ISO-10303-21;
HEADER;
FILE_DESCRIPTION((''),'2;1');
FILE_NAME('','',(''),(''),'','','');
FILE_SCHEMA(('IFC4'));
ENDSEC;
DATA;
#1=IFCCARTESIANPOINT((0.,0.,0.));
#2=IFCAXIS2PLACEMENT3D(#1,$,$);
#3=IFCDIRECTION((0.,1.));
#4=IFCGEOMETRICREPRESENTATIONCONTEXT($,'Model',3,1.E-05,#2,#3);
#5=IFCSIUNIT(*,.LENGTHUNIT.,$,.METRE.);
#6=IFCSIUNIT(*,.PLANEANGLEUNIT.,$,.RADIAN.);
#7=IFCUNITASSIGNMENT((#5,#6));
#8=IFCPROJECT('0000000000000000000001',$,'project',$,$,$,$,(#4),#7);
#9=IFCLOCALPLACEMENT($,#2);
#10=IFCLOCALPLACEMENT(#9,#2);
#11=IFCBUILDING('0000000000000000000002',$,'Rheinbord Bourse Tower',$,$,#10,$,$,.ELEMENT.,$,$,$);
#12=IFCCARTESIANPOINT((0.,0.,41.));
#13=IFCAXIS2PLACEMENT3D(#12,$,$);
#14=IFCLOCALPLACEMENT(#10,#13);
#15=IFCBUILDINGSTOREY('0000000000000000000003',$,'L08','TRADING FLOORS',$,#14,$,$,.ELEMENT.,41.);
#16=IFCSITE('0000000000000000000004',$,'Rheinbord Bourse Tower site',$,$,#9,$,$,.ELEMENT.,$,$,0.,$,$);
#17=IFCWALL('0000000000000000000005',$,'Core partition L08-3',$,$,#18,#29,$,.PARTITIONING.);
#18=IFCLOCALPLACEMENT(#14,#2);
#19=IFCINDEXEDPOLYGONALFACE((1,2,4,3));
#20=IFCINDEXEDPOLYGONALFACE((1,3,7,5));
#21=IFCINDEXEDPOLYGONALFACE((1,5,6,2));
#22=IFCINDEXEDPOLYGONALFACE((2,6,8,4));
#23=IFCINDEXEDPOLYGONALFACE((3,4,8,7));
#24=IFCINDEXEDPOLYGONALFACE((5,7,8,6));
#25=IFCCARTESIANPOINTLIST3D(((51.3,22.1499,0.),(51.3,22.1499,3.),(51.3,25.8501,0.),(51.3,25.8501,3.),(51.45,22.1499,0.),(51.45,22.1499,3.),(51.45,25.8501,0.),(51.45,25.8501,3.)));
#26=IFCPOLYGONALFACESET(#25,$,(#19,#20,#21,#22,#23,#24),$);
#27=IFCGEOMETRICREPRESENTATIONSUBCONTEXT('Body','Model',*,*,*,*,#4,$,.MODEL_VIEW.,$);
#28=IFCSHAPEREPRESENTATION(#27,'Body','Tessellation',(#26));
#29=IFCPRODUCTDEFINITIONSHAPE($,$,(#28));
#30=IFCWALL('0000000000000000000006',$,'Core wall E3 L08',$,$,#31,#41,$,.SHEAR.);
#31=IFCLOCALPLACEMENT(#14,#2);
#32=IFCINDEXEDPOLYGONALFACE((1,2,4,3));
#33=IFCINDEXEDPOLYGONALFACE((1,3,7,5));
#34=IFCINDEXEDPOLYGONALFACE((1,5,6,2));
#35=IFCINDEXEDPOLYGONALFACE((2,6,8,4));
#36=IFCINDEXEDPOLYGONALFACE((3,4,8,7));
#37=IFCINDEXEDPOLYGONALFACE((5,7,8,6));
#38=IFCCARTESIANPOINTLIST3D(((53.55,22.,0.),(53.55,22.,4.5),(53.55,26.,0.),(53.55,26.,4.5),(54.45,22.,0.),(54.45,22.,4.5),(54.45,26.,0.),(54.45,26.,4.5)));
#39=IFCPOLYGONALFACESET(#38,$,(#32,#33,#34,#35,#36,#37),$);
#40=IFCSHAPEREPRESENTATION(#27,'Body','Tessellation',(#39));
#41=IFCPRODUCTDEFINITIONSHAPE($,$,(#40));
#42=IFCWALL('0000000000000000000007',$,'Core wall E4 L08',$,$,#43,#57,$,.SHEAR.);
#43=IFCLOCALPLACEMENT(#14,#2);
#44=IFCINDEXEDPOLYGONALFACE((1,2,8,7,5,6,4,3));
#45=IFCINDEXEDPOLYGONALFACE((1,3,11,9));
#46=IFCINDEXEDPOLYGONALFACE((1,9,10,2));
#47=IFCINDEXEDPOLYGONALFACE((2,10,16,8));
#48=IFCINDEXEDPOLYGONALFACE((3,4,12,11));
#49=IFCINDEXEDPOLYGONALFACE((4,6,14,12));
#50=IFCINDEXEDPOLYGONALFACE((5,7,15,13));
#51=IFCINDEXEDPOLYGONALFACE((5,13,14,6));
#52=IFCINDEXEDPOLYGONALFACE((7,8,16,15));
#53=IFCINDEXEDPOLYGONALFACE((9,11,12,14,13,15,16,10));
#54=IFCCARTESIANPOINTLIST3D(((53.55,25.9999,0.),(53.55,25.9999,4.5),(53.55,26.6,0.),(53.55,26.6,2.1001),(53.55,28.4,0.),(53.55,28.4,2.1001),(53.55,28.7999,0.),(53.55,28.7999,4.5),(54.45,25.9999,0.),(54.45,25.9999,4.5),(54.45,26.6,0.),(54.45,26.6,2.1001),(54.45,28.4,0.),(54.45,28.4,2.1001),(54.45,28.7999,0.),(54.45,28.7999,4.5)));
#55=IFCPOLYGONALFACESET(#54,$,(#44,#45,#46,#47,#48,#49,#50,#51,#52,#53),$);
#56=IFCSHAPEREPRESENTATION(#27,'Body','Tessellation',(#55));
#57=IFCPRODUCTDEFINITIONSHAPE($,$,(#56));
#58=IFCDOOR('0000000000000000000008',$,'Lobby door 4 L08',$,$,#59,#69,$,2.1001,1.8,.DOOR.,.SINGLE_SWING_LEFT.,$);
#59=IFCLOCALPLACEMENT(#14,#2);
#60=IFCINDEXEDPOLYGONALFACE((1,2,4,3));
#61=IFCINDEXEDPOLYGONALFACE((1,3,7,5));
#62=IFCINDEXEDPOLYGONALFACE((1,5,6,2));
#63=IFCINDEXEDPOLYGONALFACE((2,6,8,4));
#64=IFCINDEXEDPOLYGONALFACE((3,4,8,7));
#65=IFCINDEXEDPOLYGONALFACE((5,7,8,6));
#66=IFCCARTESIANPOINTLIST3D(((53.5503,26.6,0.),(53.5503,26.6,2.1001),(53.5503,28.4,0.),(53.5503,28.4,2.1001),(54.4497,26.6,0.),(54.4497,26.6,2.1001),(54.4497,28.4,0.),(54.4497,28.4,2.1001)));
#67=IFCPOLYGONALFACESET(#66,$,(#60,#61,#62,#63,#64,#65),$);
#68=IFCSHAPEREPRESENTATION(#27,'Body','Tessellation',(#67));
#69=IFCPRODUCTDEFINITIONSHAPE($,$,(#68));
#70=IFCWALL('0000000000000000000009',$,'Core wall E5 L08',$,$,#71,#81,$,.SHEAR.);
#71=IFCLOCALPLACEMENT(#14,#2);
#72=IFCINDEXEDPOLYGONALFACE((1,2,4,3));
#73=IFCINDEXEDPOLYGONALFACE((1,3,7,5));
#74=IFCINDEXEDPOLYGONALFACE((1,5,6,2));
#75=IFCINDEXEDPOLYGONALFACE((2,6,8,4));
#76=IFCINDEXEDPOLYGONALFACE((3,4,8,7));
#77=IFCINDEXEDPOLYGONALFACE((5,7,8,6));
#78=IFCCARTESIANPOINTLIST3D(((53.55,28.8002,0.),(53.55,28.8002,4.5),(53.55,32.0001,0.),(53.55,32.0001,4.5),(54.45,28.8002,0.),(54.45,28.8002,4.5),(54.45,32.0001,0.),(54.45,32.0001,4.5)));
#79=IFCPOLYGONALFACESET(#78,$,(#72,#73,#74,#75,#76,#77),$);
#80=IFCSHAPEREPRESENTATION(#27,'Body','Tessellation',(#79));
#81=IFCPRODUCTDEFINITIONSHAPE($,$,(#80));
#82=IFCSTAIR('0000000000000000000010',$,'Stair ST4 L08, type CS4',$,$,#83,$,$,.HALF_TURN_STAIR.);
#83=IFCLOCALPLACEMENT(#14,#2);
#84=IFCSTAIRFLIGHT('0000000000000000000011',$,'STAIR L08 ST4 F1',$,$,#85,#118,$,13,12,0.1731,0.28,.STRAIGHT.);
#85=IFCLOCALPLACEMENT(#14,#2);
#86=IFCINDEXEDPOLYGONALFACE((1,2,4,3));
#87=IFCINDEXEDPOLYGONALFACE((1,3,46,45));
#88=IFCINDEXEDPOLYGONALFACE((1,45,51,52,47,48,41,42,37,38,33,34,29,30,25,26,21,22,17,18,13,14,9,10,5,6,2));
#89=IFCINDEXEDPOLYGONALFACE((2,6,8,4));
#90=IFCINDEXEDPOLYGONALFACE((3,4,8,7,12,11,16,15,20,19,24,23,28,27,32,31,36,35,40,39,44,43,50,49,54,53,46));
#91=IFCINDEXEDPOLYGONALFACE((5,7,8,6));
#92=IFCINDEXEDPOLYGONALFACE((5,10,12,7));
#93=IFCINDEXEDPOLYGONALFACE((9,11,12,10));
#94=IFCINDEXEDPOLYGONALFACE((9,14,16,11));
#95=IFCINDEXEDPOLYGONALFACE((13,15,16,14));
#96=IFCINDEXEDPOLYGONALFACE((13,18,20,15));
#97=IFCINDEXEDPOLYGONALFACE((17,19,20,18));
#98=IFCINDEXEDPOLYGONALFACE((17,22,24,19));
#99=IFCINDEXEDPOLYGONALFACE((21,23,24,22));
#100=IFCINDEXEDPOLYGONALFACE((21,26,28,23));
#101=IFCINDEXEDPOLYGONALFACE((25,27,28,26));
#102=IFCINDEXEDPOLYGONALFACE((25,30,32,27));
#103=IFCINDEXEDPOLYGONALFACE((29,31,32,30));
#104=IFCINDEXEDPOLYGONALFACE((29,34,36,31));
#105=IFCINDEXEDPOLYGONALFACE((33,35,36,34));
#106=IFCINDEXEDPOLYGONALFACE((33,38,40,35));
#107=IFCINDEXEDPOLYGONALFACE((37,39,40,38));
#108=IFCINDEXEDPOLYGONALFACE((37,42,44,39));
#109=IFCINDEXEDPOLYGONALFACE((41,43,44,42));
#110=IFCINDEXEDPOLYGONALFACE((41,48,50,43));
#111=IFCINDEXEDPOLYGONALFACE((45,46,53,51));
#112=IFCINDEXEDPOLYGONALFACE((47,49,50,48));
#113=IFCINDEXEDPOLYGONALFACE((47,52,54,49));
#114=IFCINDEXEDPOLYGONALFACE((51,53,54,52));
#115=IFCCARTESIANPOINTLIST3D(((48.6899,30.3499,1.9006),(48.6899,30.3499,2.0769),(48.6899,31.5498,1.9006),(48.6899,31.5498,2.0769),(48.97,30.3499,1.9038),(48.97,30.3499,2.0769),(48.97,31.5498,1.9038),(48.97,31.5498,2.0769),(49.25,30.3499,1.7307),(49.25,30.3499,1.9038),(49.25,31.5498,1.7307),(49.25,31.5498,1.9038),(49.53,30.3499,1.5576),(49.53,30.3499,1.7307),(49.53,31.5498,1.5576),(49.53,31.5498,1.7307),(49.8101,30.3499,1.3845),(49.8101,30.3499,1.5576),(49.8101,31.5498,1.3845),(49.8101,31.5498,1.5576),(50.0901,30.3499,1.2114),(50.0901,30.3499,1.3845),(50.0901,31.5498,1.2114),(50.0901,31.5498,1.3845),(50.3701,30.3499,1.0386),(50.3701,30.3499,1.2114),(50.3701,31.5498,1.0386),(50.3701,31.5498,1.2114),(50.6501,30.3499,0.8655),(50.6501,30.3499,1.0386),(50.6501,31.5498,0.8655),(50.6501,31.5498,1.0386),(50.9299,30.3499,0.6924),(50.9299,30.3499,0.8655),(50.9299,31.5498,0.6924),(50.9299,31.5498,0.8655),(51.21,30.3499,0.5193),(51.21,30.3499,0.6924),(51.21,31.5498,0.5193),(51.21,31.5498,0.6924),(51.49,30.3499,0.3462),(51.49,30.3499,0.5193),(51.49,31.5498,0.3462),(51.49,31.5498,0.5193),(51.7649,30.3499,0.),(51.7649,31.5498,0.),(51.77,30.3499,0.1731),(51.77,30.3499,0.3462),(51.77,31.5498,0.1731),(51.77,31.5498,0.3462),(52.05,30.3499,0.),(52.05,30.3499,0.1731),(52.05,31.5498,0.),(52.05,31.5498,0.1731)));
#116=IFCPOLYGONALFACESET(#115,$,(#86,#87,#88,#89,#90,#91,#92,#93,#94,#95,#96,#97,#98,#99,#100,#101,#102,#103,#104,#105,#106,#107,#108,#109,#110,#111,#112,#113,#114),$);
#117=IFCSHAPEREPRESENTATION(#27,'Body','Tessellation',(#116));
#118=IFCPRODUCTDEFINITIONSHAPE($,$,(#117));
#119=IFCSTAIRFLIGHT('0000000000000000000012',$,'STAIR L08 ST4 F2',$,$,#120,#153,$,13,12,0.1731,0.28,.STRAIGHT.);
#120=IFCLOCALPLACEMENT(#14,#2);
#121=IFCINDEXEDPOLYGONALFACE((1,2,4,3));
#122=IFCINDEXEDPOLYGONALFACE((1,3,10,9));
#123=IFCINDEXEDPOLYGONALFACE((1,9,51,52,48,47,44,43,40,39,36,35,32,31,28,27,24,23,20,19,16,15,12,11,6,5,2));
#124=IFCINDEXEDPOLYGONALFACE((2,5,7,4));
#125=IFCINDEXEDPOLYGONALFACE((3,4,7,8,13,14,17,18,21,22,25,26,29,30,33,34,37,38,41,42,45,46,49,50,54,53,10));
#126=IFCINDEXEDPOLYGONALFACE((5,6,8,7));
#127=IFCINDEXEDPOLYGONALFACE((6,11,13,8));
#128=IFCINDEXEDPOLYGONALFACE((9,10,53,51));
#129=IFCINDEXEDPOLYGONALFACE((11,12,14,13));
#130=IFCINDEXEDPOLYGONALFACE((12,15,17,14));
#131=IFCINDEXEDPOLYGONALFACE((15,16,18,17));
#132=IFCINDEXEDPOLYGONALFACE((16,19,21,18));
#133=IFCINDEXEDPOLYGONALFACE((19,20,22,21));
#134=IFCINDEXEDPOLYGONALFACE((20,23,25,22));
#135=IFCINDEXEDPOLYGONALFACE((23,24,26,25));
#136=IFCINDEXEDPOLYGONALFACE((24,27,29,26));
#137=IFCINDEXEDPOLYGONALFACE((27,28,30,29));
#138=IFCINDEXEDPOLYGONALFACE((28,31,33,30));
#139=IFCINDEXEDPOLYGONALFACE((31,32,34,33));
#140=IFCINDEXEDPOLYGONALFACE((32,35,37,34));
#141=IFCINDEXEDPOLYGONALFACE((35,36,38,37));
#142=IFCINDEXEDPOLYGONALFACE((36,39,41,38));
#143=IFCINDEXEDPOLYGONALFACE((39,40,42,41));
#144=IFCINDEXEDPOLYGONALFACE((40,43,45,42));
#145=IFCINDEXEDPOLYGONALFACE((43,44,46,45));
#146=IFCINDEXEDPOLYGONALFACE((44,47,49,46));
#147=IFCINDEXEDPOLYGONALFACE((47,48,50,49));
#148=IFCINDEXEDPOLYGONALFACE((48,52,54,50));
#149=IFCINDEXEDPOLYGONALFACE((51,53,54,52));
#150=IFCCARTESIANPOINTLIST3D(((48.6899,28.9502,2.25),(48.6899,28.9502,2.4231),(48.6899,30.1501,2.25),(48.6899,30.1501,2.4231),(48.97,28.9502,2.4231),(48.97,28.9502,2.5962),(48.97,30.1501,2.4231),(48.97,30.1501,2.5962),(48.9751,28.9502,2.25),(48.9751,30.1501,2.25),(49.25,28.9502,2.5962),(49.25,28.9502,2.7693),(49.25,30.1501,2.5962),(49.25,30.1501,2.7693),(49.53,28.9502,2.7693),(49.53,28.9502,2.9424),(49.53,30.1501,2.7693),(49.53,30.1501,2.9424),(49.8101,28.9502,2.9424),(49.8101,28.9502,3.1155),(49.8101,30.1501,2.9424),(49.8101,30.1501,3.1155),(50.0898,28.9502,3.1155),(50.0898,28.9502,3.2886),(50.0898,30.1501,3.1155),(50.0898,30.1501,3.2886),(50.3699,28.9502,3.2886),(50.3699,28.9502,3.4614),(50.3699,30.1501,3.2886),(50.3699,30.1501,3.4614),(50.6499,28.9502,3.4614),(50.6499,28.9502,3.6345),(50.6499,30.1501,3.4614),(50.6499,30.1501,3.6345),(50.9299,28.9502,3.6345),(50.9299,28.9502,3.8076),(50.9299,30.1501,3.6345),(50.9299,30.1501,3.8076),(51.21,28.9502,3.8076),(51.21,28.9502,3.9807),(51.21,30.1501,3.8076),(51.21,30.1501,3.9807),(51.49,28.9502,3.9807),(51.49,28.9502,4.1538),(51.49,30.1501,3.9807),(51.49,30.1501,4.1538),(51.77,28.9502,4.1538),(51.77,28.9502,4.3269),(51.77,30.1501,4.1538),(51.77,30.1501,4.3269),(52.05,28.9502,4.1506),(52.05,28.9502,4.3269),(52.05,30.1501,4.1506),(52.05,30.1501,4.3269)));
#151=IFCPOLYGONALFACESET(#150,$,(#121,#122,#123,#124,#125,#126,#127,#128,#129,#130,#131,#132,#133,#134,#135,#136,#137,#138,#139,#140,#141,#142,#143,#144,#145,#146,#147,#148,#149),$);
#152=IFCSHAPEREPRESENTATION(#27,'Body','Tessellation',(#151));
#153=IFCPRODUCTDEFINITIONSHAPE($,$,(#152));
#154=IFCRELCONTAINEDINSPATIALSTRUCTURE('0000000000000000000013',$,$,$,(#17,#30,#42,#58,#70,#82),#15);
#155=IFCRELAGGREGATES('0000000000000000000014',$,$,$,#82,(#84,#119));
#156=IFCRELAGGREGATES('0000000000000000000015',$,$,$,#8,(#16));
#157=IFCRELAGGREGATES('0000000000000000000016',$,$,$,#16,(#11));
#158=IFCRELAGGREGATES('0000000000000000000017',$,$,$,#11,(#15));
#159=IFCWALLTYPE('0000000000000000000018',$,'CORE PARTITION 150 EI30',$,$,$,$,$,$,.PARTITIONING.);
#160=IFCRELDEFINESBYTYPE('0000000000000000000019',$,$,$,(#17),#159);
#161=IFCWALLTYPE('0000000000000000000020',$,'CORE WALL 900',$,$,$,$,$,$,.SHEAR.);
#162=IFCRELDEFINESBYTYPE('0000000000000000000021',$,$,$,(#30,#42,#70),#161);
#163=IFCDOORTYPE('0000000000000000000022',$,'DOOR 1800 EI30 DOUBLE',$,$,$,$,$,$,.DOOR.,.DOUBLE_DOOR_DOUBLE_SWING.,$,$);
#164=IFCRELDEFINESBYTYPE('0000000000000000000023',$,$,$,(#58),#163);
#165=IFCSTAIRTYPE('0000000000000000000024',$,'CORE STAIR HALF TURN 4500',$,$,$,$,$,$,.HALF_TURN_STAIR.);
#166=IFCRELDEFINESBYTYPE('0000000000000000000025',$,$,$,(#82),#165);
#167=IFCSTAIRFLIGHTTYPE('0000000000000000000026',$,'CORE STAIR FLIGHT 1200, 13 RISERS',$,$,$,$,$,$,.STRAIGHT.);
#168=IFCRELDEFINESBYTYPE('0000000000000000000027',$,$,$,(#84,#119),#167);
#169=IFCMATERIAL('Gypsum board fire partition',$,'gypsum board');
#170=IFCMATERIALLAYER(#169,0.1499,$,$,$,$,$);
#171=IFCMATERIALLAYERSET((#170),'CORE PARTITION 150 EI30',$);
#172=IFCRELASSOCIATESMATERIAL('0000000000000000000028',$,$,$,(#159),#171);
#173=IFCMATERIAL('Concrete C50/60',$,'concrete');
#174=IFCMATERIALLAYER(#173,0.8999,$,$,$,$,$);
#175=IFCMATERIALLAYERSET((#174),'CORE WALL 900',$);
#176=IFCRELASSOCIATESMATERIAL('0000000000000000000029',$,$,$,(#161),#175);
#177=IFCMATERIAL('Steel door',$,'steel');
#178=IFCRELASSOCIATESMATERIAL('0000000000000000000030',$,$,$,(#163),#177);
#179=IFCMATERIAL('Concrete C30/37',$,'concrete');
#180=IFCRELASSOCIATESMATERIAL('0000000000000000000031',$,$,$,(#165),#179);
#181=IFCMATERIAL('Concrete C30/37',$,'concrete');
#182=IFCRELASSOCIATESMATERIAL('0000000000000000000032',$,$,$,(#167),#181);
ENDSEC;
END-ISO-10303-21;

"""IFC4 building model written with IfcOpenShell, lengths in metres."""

from ifc_helpers import new_model, si_unit, direction, frame, frame_2d, origin, place, context, subcontext, project, spatial, polyline, rectangle, outline, extrude, material, layer, layer_set, type_object, element, fill, aggregate, save


model = new_model("IFC4")

# Units and contexts
model_context = context("Model", 3, precision=1e-05, world=origin(), true_north=direction((0.0, 1.0)))
body_context = subcontext(model_context, "Body", "Model", "MODEL_VIEW")
ifc_project = project(units=[si_unit("LENGTHUNIT", "METRE"), si_unit("PLANEANGLEUNIT", "RADIAN")], contexts=[model_context])

# Site, building, storey
site_placement = place(None, origin())
site = spatial("IfcSite", under=ifc_project, at=site_placement, Name="Rheinbord Bourse Tower site", CompositionType="ELEMENT", RefElevation=0.0)
building_placement = place(site_placement, origin())
building = spatial("IfcBuilding", under=site, at=building_placement, Name="Rheinbord Bourse Tower", CompositionType="ELEMENT")
storey_placement = place(building_placement, frame((0.0, 0.0, 41.0)))
storey = spatial("IfcBuildingStorey", under=building, at=storey_placement, Name="L08", Description="TRADING FLOORS", CompositionType="ELEMENT", Elevation=41.0)

# Walls
ifc_material_1 = material(Name="Gypsum board fire partition", Category="gypsum board")
ifc_layer_1 = layer(ifc_material_1, 0.1499)
ifc_layer_set_1 = layer_set([ifc_layer_1], Name="CORE PARTITION 150 EI30")
wall_type_1 = type_object("IfcWallType", Name="CORE PARTITION 150 EI30", PredefinedType="PARTITIONING", material=ifc_layer_set_1)
wall_1_placement = place(storey_placement, frame((51.375, 22.1499, 0.0), z_axis=(0.0, 0.0, 1.0), x_axis=(0.0, 1.0, 0.0)))
element("IfcWall", 1, at=wall_1_placement, inside=storey, type_object=wall_type_1, Name="Core partition L08-3", PredefinedType="PARTITIONING", context=body_context, shape_type="SweptSolid", body=[
    extrude(rectangle(XDim=3.7002, YDim=0.1499, at=frame_2d((1.8501, 0.0))), origin(), (0.0, 0.0, 1.0), 3.0),
])
ifc_material_2 = material(Name="Concrete C50/60", Category="concrete")
ifc_layer_2 = layer(ifc_material_2, 0.8999)
ifc_layer_set_2 = layer_set([ifc_layer_2], Name="CORE WALL 900")
wall_type_2 = type_object("IfcWallType", Name="CORE WALL 900", PredefinedType="SHEAR", material=ifc_layer_set_2)
wall_2_placement = place(storey_placement, frame((54.0, 22.0, 0.0), z_axis=(0.0, 0.0, 1.0), x_axis=(0.0, 1.0, 0.0)))
element("IfcWall", 2, at=wall_2_placement, inside=storey, type_object=wall_type_2, Name="Core wall E3 L08", PredefinedType="SHEAR", context=body_context, shape_type="SweptSolid", body=[
    extrude(rectangle(XDim=4.0, YDim=0.8999, at=frame_2d((2.0, 0.0))), origin(), (0.0, 0.0, 1.0), 4.5),
])

# Wall, opening, door
wall_3_placement = place(storey_placement, frame((54.0, 26.0, 0.0), z_axis=(0.0, 0.0, 1.0), x_axis=(0.0, 1.0, 0.0)))
wall_3 = element("IfcWall", 3, at=wall_3_placement, inside=storey, type_object=wall_type_2, Name="Core wall E4 L08", PredefinedType="SHEAR", context=body_context, shape_type="SweptSolid", body=[
    extrude(rectangle(XDim=2.8, YDim=0.8999, at=frame_2d((1.3999, 0.0))), origin(), (0.0, 0.0, 1.0), 4.5),
])
opening_1_placement = place(wall_3_placement, frame((0.6001, 0.0, 0.0)))
opening_1 = element("IfcOpeningElement", 4, at=opening_1_placement, cuts=wall_3, PredefinedType="OPENING", context=body_context, shape_type="SweptSolid", body=[
    extrude(rectangle(XDim=1.8, YDim=2.1001, at=frame_2d((0.8999, 1.05))), frame((0.0, 0.46, 0.0), z_axis=(0.0, -1.0, 0.0), x_axis=(1.0, 0.0, 0.0)), (0.0, 0.0, 1.0), 0.9199),
])
ifc_material_3 = material(Name="Steel door", Category="steel")
door_type_1 = type_object("IfcDoorType", Name="DOOR 1800 EI30 DOUBLE", OperationType="DOUBLE_DOOR_DOUBLE_SWING", PredefinedType="DOOR", material=ifc_material_3)
door_1_placement = place(opening_1_placement, origin())
door_1 = element("IfcDoor", 5, at=door_1_placement, inside=storey, type_object=door_type_1, Name="Lobby door 4 L08", OperationType="SINGLE_SWING_LEFT", OverallHeight=2.1001, OverallWidth=1.8, PredefinedType="DOOR", context=body_context, shape_type="SweptSolid", body=[
    extrude(rectangle(XDim=1.8, YDim=2.1001, at=frame_2d((0.8999, 1.05))), frame((0.0, 0.4497, 0.0), z_axis=(0.0, -1.0, 0.0), x_axis=(1.0, 0.0, 0.0)), (0.0, 0.0, 1.0), 0.8994),
])
fill(opening_1, door_1)

# Wall
wall_4_placement = place(storey_placement, frame((54.0, 28.8, 0.0), z_axis=(0.0, 0.0, 1.0), x_axis=(0.0, 1.0, 0.0)))
element("IfcWall", 6, at=wall_4_placement, inside=storey, type_object=wall_type_2, Name="Core wall E5 L08", PredefinedType="SHEAR", context=body_context, shape_type="SweptSolid", body=[
    extrude(rectangle(XDim=3.2, YDim=0.8999, at=frame_2d((1.6001, 0.0))), origin(), (0.0, 0.0, 1.0), 4.5),
])

# Stair, stair flights
ifc_material_4 = material(Name="Concrete C30/37", Category="concrete")
stair_type = type_object("IfcStairType", Name="CORE STAIR HALF TURN 4500", PredefinedType="HALF_TURN_STAIR", material=ifc_material_4)
stair_placement = place(storey_placement, origin())
stair = element("IfcStair", 7, at=stair_placement, inside=storey, type_object=stair_type, Name="Stair ST4 L08, type CS4", PredefinedType="HALF_TURN_STAIR")
ifc_material_5 = material(Name="Concrete C30/37", Category="concrete")
stair_flight_type = type_object("IfcStairFlightType", Name="CORE STAIR FLIGHT 1200, 13 RISERS", PredefinedType="STRAIGHT", material=ifc_material_5)
stair_flight_1_placement = place(storey_placement, frame((52.05, 30.95, 0.0), z_axis=(0.0, 0.0, 1.0), x_axis=(-1.0, 0.0, 0.0)))
stair_flight_1 = element("IfcStairFlight", 8, at=stair_flight_1_placement, type_object=stair_flight_type, Name="STAIR L08 ST4 F1", NumberOfRisers=13, NumberOfTreads=12, PredefinedType="STRAIGHT", RiserHeight=0.1731, TreadLength=0.28, context=body_context, shape_type="SweptSolid", body=[
    extrude(outline(polyline([(0.0, 0.0), (0.0, 0.1731), (0.28, 0.1731), (0.28, 0.3462), (0.5601, 0.3462), (0.5601, 0.5193), (0.8401, 0.5193), (0.8401, 0.6924), (1.1201, 0.6924), (1.1201, 0.8655), (1.3999, 0.8655), (1.3999, 1.0386), (1.6799, 1.0386), (1.6799, 1.2114), (1.96, 1.2114), (1.96, 1.3845), (2.24, 1.3845), (2.24, 1.5576), (2.52, 1.5576), (2.52, 1.7307), (2.8, 1.7307), (2.8, 1.9038), (3.0801, 1.9038), (3.0801, 2.0769), (3.3601, 2.0769), (3.3601, 2.25), (3.3601, 1.9006), (0.2852, 0.0), (0.0, 0.0)])), frame((0.0, 0.6001, 0.0), z_axis=(0.0, -1.0, 0.0), x_axis=(1.0, 0.0, 0.0)), (0.0, 0.0, 1.0), 1.2),
])
stair_flight_2_placement = place(storey_placement, frame((48.6899, 29.55, 2.25), z_axis=(0.0, 0.0, 1.0), x_axis=(1.0, 0.0, 0.0)))
stair_flight_2 = element("IfcStairFlight", 9, at=stair_flight_2_placement, type_object=stair_flight_type, Name="STAIR L08 ST4 F2", NumberOfRisers=13, NumberOfTreads=12, PredefinedType="STRAIGHT", RiserHeight=0.1731, TreadLength=0.28, context=body_context, shape_type="SweptSolid", body=[
    extrude(outline(polyline([(0.0, 0.0), (0.0, 0.1731), (0.28, 0.1731), (0.28, 0.3462), (0.5601, 0.3462), (0.5601, 0.5193), (0.8401, 0.5193), (0.8401, 0.6924), (1.1201, 0.6924), (1.1201, 0.8655), (1.3999, 0.8655), (1.3999, 1.0386), (1.6799, 1.0386), (1.6799, 1.2114), (1.96, 1.2114), (1.96, 1.3845), (2.24, 1.3845), (2.24, 1.5576), (2.52, 1.5576), (2.52, 1.7307), (2.8, 1.7307), (2.8, 1.9038), (3.0801, 1.9038), (3.0801, 2.0769), (3.3601, 2.0769), (3.3601, 2.25), (3.3601, 1.9006), (0.2852, 0.0), (0.0, 0.0)])), frame((0.0, 0.6001, 0.0), z_axis=(0.0, -1.0, 0.0), x_axis=(1.0, 0.0, 0.0)), (0.0, 0.0, 1.0), 1.2),
])
aggregate(stair, [stair_flight_1, stair_flight_2])

save(model, "model.ifc")
